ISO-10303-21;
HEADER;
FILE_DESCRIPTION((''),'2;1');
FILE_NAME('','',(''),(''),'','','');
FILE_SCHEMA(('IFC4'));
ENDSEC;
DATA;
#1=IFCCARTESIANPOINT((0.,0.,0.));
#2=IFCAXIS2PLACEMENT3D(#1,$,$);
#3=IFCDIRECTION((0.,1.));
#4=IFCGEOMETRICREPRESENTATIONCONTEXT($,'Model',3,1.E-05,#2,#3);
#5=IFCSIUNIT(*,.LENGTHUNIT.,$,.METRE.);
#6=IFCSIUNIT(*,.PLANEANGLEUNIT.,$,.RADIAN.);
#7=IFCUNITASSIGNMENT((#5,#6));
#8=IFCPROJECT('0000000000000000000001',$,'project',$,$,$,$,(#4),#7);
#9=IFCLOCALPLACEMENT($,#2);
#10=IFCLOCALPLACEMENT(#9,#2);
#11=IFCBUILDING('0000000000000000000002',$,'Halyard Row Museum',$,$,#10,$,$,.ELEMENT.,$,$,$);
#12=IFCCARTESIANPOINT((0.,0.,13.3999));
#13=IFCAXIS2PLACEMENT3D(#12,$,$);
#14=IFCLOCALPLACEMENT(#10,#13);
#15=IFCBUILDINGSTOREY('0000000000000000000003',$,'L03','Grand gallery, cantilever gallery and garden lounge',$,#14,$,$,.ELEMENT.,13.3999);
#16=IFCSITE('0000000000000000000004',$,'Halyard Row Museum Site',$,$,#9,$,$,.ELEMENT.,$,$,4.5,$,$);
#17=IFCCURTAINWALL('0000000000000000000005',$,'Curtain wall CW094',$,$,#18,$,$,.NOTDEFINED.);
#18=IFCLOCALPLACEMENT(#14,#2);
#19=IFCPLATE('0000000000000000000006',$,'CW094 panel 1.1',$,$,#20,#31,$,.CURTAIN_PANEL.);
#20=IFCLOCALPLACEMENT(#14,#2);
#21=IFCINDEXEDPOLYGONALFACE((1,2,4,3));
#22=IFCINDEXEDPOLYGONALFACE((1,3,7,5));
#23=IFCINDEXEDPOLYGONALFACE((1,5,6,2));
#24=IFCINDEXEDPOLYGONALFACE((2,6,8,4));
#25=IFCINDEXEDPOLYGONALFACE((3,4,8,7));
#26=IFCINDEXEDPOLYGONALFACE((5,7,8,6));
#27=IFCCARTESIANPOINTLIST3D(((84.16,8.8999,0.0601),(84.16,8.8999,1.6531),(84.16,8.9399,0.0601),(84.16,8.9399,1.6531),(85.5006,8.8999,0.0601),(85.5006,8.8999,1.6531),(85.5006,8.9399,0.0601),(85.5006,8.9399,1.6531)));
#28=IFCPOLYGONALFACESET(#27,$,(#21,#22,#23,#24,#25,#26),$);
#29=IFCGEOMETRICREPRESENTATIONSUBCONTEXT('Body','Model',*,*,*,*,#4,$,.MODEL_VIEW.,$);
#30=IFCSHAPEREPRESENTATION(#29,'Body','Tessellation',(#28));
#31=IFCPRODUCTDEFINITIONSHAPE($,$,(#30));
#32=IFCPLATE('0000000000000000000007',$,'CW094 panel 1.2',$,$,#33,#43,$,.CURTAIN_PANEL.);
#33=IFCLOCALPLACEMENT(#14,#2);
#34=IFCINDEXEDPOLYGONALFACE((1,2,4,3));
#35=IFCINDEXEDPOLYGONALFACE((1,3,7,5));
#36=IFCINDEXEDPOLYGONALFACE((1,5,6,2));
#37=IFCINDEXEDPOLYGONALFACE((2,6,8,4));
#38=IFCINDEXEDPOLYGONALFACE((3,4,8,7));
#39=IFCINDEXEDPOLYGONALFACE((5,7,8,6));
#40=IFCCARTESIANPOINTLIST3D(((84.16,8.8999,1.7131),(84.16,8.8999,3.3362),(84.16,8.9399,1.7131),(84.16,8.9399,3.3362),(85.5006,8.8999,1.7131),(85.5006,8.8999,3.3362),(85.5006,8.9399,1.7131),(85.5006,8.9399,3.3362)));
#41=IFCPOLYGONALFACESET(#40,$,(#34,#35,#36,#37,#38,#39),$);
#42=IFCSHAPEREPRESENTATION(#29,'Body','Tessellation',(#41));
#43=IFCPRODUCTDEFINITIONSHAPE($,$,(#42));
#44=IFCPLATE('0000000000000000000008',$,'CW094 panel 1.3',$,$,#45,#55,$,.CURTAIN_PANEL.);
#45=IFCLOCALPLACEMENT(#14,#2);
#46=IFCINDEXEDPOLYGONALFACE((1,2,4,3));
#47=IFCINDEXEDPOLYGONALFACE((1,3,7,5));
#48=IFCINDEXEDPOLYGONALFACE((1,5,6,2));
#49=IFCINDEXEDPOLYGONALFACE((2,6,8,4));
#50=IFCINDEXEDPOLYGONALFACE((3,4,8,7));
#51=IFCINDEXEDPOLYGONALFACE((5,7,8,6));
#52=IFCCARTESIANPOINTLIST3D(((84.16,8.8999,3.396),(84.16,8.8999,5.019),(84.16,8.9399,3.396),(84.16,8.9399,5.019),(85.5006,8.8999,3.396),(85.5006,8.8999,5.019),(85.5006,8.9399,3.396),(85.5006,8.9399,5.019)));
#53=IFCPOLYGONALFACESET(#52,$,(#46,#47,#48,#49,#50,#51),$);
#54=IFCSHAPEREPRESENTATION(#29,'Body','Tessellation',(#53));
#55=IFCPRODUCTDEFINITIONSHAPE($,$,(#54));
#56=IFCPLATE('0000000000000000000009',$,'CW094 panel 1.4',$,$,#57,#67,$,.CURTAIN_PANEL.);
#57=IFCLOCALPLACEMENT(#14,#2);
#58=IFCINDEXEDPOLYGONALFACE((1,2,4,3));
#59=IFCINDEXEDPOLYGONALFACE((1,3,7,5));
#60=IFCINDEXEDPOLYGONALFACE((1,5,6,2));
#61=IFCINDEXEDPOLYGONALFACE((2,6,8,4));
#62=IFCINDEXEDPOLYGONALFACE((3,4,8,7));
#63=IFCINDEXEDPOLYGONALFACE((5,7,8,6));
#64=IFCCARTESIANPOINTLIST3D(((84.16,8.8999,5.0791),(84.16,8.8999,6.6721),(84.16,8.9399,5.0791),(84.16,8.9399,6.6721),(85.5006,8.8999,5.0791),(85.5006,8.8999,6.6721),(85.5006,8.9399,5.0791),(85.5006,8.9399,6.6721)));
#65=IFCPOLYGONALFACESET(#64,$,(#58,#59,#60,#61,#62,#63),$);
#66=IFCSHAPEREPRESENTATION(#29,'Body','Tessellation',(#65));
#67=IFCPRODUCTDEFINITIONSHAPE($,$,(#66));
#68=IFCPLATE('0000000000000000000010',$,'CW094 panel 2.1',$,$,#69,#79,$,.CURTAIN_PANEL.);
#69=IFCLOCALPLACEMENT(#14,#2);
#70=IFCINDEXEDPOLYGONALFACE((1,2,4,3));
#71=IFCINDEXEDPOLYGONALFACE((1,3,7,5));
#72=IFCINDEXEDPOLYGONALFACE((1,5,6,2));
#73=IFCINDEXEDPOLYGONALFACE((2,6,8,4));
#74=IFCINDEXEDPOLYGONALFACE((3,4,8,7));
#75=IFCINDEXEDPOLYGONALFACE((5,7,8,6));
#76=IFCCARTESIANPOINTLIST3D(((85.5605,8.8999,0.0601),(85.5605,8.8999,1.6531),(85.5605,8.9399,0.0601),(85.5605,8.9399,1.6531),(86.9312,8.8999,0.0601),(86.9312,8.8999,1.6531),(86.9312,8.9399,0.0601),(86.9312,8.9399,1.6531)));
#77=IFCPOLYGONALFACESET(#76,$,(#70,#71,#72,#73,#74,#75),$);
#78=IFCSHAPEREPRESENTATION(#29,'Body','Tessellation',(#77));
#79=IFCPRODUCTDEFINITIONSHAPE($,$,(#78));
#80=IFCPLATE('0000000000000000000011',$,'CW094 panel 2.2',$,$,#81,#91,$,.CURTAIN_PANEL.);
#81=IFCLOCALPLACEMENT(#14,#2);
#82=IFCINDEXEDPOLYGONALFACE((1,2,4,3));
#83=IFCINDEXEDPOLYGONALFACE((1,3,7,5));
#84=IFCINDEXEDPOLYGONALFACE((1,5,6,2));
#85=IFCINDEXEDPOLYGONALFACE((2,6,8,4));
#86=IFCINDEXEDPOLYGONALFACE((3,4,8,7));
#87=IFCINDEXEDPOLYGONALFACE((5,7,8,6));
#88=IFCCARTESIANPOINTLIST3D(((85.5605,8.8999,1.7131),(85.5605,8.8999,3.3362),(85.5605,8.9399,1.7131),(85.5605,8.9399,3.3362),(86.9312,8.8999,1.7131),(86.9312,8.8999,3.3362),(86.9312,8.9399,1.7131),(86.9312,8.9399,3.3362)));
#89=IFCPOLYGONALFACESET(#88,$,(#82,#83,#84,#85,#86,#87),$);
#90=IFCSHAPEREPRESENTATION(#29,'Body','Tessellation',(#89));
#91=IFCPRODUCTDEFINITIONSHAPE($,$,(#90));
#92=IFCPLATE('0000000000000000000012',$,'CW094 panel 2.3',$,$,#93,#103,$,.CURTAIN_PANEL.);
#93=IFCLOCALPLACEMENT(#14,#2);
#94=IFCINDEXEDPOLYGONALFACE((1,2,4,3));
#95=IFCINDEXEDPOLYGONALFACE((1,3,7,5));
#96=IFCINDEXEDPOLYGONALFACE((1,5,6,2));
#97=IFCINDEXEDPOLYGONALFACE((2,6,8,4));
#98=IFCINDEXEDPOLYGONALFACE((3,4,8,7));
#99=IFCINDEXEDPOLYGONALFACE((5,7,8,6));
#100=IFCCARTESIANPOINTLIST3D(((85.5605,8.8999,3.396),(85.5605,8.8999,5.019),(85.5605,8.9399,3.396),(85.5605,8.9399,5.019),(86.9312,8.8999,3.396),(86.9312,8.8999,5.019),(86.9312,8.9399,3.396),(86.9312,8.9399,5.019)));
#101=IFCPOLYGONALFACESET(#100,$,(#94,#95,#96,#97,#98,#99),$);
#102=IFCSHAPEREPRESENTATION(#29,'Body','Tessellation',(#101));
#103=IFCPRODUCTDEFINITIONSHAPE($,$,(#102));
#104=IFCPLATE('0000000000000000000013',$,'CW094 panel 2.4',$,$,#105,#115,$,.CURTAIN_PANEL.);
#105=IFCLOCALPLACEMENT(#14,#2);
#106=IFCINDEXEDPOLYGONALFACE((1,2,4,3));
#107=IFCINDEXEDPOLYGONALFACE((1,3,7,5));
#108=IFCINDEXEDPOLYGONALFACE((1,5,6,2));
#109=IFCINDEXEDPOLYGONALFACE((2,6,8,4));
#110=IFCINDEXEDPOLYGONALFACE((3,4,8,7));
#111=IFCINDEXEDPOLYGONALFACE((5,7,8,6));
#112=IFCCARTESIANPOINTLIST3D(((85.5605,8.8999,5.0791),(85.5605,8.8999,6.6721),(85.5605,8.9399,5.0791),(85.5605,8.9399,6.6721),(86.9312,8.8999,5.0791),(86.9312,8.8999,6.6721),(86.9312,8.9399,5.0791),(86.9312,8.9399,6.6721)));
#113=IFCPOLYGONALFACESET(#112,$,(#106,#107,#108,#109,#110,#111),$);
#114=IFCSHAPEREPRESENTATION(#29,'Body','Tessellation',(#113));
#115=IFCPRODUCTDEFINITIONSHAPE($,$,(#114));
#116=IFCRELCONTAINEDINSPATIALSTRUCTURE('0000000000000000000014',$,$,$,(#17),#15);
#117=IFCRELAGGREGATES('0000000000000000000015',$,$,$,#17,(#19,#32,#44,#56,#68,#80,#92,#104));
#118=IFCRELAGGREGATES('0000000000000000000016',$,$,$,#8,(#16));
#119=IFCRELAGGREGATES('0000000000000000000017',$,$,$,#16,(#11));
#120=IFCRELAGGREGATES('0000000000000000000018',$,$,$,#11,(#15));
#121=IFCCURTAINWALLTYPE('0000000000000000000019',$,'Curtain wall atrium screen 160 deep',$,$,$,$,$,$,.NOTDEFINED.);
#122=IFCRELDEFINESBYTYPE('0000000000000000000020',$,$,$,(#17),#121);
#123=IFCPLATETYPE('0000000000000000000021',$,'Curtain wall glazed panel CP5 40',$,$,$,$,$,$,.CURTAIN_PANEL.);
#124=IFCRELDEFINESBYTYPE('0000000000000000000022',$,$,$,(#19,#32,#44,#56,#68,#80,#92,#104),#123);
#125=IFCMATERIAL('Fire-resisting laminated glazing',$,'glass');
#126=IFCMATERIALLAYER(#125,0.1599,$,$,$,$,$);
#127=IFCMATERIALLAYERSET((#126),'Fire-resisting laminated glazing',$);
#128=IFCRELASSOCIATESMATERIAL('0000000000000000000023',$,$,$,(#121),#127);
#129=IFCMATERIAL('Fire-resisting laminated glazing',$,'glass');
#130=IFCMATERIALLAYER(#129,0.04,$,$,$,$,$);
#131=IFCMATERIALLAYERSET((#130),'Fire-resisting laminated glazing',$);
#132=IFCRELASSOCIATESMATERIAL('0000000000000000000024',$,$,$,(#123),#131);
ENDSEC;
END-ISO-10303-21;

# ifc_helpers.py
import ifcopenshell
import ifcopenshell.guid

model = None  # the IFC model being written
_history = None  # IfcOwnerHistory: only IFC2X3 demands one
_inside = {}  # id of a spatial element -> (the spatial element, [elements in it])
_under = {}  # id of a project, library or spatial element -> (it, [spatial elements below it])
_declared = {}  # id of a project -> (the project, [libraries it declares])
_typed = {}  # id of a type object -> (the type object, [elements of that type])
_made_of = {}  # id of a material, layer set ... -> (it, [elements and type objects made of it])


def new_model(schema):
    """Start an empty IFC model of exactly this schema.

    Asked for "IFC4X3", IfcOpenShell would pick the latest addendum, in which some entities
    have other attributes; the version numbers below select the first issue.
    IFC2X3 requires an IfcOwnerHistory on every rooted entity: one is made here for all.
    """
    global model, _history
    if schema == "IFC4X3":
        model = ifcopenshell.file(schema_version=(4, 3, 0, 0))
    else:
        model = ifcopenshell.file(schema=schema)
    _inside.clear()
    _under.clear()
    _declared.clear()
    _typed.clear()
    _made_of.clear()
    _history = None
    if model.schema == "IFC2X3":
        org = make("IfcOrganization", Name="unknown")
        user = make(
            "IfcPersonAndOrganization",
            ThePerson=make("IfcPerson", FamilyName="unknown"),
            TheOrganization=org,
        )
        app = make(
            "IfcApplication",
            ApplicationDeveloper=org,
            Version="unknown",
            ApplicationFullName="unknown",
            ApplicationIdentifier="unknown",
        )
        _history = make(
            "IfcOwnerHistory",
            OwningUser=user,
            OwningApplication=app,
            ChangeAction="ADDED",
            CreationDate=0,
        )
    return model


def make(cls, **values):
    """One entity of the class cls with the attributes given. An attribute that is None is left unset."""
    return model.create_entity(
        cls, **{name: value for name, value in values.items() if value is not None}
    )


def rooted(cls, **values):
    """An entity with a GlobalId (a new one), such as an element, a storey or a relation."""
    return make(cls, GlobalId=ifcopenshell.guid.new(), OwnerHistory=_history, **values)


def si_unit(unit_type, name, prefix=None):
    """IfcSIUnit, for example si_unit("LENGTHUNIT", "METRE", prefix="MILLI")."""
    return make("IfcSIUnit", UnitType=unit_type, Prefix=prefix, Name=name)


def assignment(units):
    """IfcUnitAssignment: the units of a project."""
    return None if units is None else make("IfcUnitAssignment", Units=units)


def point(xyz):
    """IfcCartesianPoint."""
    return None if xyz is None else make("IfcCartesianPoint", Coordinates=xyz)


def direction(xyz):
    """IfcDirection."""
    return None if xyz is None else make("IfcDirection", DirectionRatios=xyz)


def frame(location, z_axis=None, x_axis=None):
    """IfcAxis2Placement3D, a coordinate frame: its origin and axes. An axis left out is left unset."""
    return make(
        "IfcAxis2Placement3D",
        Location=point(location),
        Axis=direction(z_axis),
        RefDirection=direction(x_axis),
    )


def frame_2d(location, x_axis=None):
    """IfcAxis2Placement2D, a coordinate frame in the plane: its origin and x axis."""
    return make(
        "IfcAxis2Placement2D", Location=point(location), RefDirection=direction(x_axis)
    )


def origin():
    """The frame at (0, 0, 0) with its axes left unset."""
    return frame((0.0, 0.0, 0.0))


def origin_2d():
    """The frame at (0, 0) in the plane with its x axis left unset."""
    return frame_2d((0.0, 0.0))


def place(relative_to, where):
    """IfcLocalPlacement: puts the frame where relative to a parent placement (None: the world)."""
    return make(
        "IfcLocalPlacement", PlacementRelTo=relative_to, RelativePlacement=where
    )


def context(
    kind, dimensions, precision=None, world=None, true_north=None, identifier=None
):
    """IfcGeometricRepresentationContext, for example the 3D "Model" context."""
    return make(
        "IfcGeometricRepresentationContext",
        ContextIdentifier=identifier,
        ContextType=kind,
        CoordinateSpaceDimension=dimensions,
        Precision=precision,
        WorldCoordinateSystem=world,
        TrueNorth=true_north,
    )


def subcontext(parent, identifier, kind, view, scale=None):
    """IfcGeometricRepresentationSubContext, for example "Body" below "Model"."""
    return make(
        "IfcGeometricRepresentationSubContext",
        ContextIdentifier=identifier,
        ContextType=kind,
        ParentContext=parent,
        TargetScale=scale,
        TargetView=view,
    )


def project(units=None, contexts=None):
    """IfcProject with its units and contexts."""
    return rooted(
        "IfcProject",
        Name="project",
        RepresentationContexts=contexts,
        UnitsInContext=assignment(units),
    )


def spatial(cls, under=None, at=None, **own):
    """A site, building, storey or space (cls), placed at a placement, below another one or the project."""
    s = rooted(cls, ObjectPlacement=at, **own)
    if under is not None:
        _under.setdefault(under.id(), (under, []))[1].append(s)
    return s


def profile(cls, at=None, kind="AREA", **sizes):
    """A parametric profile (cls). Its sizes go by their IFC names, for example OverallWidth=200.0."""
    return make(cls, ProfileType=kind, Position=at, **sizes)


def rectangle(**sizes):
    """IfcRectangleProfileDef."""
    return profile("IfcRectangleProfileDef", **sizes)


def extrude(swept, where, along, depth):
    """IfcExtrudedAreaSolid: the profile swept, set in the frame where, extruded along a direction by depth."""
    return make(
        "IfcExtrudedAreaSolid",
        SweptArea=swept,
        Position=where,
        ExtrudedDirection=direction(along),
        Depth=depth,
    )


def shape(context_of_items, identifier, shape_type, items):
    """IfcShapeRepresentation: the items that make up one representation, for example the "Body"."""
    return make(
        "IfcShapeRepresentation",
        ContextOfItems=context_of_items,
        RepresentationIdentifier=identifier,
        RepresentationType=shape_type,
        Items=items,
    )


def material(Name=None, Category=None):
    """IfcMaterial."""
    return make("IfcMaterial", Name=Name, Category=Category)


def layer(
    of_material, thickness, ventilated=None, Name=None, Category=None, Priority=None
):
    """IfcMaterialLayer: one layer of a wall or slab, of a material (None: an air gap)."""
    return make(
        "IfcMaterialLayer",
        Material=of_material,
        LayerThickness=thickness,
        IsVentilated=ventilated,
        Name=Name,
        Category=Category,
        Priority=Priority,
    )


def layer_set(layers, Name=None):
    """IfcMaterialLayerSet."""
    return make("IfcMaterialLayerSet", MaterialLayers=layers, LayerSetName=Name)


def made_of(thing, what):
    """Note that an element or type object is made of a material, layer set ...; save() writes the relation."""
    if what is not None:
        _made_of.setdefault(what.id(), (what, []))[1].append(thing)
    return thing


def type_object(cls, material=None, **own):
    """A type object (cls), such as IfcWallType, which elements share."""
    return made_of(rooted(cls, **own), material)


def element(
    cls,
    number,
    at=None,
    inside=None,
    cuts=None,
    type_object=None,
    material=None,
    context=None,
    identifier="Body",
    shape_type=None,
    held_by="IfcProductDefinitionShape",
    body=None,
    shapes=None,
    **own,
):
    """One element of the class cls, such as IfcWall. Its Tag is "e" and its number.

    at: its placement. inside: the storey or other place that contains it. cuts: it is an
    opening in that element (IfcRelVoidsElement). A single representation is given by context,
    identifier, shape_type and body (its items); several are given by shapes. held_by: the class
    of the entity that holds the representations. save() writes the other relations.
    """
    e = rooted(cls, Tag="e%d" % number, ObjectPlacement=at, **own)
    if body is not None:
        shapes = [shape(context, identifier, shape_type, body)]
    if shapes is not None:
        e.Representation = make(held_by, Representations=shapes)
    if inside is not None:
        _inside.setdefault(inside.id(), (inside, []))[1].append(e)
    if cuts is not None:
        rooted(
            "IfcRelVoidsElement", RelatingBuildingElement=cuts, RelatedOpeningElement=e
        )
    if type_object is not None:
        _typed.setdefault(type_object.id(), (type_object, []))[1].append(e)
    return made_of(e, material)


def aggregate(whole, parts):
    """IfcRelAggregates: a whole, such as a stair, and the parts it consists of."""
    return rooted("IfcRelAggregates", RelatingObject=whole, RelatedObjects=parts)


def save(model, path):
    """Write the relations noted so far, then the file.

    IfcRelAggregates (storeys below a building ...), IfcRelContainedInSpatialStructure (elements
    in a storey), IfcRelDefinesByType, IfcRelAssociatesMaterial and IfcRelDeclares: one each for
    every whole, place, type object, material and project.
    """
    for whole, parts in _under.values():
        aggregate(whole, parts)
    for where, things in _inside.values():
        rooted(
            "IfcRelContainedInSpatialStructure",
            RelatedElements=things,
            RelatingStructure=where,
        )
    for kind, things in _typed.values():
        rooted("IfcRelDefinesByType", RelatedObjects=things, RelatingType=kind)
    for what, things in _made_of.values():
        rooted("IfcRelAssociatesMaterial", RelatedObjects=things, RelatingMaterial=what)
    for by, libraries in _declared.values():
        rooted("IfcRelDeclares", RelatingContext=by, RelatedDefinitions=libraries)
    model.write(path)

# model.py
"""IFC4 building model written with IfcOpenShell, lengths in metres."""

from ifc_helpers import new_model, si_unit, direction, frame, origin, origin_2d, place, context, subcontext, project, spatial, rectangle, extrude, material, layer, layer_set, type_object, element, aggregate, save


model = new_model("IFC4")

# Units and contexts
model_context = context("Model", 3, precision=1e-05, world=origin(), true_north=direction((0.0, 1.0)))
body_context = subcontext(model_context, "Body", "Model", "MODEL_VIEW")
ifc_project = project(units=[si_unit("LENGTHUNIT", "METRE"), si_unit("PLANEANGLEUNIT", "RADIAN")], contexts=[model_context])

# Site, building, storey
site_placement = place(None, origin())
site = spatial("IfcSite", under=ifc_project, at=site_placement, Name="Halyard Row Museum Site", CompositionType="ELEMENT", RefElevation=4.5)
building_placement = place(site_placement, origin())
building = spatial("IfcBuilding", under=site, at=building_placement, Name="Halyard Row Museum", CompositionType="ELEMENT")
storey_placement = place(building_placement, frame((0.0, 0.0, 13.3999)))
storey = spatial("IfcBuildingStorey", under=building, at=storey_placement, Name="L03", Description="Grand gallery, cantilever gallery and garden lounge", CompositionType="ELEMENT", Elevation=13.3999)

# Curtain wall
ifc_material_1 = material(Name="Fire-resisting laminated glazing", Category="glass")
ifc_layer_1 = layer(ifc_material_1, 0.1599)
ifc_layer_set_1 = layer_set([ifc_layer_1], Name="Fire-resisting laminated glazing")
curtain_wall_type_1 = type_object("IfcCurtainWallType", Name="Curtain wall atrium screen 160 deep", PredefinedType="NOTDEFINED", material=ifc_layer_set_1)
curtain_wall_1_placement = place(storey_placement, origin())
curtain_wall_1 = element("IfcCurtainWall", 1, at=curtain_wall_1_placement, inside=storey, type_object=curtain_wall_type_1, Name="Curtain wall CW094", PredefinedType="NOTDEFINED")

# Plates
ifc_material_2 = material(Name="Fire-resisting laminated glazing", Category="glass")
ifc_layer_2 = layer(ifc_material_2, 0.04)
ifc_layer_set_2 = layer_set([ifc_layer_2], Name="Fire-resisting laminated glazing")
plate_type_1 = type_object("IfcPlateType", Name="Curtain wall glazed panel CP5 40", PredefinedType="CURTAIN_PANEL", material=ifc_layer_set_2)
plate_1_placement = place(storey_placement, frame((84.8303, 8.9199, 0.0601), z_axis=(0.0, 0.0, 1.0), x_axis=(1.0, 0.0, 0.0)))
plate_1 = element("IfcPlate", 2, at=plate_1_placement, type_object=plate_type_1, Name="CW094 panel 1.1", PredefinedType="CURTAIN_PANEL", context=body_context, shape_type="SweptSolid", body=[
    extrude(rectangle(XDim=1.3406, YDim=0.04, at=origin_2d()), origin(), (0.0, 0.0, 1.0), 1.593),
])
plate_2_placement = place(storey_placement, frame((84.8303, 8.9199, 1.7131), z_axis=(0.0, 0.0, 1.0), x_axis=(1.0, 0.0, 0.0)))
plate_2 = element("IfcPlate", 3, at=plate_2_placement, type_object=plate_type_1, Name="CW094 panel 1.2", PredefinedType="CURTAIN_PANEL", context=body_context, shape_type="SweptSolid", body=[
    extrude(rectangle(XDim=1.3406, YDim=0.04, at=origin_2d()), origin(), (0.0, 0.0, 1.0), 1.623),
])
plate_3_placement = place(storey_placement, frame((84.8303, 8.9199, 3.396), z_axis=(0.0, 0.0, 1.0), x_axis=(1.0, 0.0, 0.0)))
plate_3 = element("IfcPlate", 4, at=plate_3_placement, type_object=plate_type_1, Name="CW094 panel 1.3", PredefinedType="CURTAIN_PANEL", context=body_context, shape_type="SweptSolid", body=[
    extrude(rectangle(XDim=1.3406, YDim=0.04, at=origin_2d()), origin(), (0.0, 0.0, 1.0), 1.623),
])
plate_4_placement = place(storey_placement, frame((84.8303, 8.9199, 5.0791), z_axis=(0.0, 0.0, 1.0), x_axis=(1.0, 0.0, 0.0)))
plate_4 = element("IfcPlate", 5, at=plate_4_placement, type_object=plate_type_1, Name="CW094 panel 1.4", PredefinedType="CURTAIN_PANEL", context=body_context, shape_type="SweptSolid", body=[
    extrude(rectangle(XDim=1.3406, YDim=0.04, at=origin_2d()), origin(), (0.0, 0.0, 1.0), 1.593),
])
plate_5_placement = place(storey_placement, frame((86.2458, 8.9199, 0.0601), z_axis=(0.0, 0.0, 1.0), x_axis=(1.0, 0.0, 0.0)))
plate_5 = element("IfcPlate", 6, at=plate_5_placement, type_object=plate_type_1, Name="CW094 panel 2.1", PredefinedType="CURTAIN_PANEL", context=body_context, shape_type="SweptSolid", body=[
    extrude(rectangle(XDim=1.3706, YDim=0.04, at=origin_2d()), origin(), (0.0, 0.0, 1.0), 1.593),
])
plate_6_placement = place(storey_placement, frame((86.2458, 8.9199, 1.7131), z_axis=(0.0, 0.0, 1.0), x_axis=(1.0, 0.0, 0.0)))
plate_6 = element("IfcPlate", 7, at=plate_6_placement, type_object=plate_type_1, Name="CW094 panel 2.2", PredefinedType="CURTAIN_PANEL", context=body_context, shape_type="SweptSolid", body=[
    extrude(rectangle(XDim=1.3706, YDim=0.04, at=origin_2d()), origin(), (0.0, 0.0, 1.0), 1.623),
])
plate_7_placement = place(storey_placement, frame((86.2458, 8.9199, 3.396), z_axis=(0.0, 0.0, 1.0), x_axis=(1.0, 0.0, 0.0)))
plate_7 = element("IfcPlate", 8, at=plate_7_placement, type_object=plate_type_1, Name="CW094 panel 2.3", PredefinedType="CURTAIN_PANEL", context=body_context, shape_type="SweptSolid", body=[
    extrude(rectangle(XDim=1.3706, YDim=0.04, at=origin_2d()), origin(), (0.0, 0.0, 1.0), 1.623),
])
plate_8_placement = place(storey_placement, frame((86.2458, 8.9199, 5.0791), z_axis=(0.0, 0.0, 1.0), x_axis=(1.0, 0.0, 0.0)))
plate_8 = element("IfcPlate", 9, at=plate_8_placement, type_object=plate_type_1, Name="CW094 panel 2.4", PredefinedType="CURTAIN_PANEL", context=body_context, shape_type="SweptSolid", body=[
    extrude(rectangle(XDim=1.3706, YDim=0.04, at=origin_2d()), origin(), (0.0, 0.0, 1.0), 1.593),
])
aggregate(curtain_wall_1, [plate_1, plate_2, plate_3, plate_4, plate_5, plate_6, plate_7, plate_8])

save(model, "model.ifc")
